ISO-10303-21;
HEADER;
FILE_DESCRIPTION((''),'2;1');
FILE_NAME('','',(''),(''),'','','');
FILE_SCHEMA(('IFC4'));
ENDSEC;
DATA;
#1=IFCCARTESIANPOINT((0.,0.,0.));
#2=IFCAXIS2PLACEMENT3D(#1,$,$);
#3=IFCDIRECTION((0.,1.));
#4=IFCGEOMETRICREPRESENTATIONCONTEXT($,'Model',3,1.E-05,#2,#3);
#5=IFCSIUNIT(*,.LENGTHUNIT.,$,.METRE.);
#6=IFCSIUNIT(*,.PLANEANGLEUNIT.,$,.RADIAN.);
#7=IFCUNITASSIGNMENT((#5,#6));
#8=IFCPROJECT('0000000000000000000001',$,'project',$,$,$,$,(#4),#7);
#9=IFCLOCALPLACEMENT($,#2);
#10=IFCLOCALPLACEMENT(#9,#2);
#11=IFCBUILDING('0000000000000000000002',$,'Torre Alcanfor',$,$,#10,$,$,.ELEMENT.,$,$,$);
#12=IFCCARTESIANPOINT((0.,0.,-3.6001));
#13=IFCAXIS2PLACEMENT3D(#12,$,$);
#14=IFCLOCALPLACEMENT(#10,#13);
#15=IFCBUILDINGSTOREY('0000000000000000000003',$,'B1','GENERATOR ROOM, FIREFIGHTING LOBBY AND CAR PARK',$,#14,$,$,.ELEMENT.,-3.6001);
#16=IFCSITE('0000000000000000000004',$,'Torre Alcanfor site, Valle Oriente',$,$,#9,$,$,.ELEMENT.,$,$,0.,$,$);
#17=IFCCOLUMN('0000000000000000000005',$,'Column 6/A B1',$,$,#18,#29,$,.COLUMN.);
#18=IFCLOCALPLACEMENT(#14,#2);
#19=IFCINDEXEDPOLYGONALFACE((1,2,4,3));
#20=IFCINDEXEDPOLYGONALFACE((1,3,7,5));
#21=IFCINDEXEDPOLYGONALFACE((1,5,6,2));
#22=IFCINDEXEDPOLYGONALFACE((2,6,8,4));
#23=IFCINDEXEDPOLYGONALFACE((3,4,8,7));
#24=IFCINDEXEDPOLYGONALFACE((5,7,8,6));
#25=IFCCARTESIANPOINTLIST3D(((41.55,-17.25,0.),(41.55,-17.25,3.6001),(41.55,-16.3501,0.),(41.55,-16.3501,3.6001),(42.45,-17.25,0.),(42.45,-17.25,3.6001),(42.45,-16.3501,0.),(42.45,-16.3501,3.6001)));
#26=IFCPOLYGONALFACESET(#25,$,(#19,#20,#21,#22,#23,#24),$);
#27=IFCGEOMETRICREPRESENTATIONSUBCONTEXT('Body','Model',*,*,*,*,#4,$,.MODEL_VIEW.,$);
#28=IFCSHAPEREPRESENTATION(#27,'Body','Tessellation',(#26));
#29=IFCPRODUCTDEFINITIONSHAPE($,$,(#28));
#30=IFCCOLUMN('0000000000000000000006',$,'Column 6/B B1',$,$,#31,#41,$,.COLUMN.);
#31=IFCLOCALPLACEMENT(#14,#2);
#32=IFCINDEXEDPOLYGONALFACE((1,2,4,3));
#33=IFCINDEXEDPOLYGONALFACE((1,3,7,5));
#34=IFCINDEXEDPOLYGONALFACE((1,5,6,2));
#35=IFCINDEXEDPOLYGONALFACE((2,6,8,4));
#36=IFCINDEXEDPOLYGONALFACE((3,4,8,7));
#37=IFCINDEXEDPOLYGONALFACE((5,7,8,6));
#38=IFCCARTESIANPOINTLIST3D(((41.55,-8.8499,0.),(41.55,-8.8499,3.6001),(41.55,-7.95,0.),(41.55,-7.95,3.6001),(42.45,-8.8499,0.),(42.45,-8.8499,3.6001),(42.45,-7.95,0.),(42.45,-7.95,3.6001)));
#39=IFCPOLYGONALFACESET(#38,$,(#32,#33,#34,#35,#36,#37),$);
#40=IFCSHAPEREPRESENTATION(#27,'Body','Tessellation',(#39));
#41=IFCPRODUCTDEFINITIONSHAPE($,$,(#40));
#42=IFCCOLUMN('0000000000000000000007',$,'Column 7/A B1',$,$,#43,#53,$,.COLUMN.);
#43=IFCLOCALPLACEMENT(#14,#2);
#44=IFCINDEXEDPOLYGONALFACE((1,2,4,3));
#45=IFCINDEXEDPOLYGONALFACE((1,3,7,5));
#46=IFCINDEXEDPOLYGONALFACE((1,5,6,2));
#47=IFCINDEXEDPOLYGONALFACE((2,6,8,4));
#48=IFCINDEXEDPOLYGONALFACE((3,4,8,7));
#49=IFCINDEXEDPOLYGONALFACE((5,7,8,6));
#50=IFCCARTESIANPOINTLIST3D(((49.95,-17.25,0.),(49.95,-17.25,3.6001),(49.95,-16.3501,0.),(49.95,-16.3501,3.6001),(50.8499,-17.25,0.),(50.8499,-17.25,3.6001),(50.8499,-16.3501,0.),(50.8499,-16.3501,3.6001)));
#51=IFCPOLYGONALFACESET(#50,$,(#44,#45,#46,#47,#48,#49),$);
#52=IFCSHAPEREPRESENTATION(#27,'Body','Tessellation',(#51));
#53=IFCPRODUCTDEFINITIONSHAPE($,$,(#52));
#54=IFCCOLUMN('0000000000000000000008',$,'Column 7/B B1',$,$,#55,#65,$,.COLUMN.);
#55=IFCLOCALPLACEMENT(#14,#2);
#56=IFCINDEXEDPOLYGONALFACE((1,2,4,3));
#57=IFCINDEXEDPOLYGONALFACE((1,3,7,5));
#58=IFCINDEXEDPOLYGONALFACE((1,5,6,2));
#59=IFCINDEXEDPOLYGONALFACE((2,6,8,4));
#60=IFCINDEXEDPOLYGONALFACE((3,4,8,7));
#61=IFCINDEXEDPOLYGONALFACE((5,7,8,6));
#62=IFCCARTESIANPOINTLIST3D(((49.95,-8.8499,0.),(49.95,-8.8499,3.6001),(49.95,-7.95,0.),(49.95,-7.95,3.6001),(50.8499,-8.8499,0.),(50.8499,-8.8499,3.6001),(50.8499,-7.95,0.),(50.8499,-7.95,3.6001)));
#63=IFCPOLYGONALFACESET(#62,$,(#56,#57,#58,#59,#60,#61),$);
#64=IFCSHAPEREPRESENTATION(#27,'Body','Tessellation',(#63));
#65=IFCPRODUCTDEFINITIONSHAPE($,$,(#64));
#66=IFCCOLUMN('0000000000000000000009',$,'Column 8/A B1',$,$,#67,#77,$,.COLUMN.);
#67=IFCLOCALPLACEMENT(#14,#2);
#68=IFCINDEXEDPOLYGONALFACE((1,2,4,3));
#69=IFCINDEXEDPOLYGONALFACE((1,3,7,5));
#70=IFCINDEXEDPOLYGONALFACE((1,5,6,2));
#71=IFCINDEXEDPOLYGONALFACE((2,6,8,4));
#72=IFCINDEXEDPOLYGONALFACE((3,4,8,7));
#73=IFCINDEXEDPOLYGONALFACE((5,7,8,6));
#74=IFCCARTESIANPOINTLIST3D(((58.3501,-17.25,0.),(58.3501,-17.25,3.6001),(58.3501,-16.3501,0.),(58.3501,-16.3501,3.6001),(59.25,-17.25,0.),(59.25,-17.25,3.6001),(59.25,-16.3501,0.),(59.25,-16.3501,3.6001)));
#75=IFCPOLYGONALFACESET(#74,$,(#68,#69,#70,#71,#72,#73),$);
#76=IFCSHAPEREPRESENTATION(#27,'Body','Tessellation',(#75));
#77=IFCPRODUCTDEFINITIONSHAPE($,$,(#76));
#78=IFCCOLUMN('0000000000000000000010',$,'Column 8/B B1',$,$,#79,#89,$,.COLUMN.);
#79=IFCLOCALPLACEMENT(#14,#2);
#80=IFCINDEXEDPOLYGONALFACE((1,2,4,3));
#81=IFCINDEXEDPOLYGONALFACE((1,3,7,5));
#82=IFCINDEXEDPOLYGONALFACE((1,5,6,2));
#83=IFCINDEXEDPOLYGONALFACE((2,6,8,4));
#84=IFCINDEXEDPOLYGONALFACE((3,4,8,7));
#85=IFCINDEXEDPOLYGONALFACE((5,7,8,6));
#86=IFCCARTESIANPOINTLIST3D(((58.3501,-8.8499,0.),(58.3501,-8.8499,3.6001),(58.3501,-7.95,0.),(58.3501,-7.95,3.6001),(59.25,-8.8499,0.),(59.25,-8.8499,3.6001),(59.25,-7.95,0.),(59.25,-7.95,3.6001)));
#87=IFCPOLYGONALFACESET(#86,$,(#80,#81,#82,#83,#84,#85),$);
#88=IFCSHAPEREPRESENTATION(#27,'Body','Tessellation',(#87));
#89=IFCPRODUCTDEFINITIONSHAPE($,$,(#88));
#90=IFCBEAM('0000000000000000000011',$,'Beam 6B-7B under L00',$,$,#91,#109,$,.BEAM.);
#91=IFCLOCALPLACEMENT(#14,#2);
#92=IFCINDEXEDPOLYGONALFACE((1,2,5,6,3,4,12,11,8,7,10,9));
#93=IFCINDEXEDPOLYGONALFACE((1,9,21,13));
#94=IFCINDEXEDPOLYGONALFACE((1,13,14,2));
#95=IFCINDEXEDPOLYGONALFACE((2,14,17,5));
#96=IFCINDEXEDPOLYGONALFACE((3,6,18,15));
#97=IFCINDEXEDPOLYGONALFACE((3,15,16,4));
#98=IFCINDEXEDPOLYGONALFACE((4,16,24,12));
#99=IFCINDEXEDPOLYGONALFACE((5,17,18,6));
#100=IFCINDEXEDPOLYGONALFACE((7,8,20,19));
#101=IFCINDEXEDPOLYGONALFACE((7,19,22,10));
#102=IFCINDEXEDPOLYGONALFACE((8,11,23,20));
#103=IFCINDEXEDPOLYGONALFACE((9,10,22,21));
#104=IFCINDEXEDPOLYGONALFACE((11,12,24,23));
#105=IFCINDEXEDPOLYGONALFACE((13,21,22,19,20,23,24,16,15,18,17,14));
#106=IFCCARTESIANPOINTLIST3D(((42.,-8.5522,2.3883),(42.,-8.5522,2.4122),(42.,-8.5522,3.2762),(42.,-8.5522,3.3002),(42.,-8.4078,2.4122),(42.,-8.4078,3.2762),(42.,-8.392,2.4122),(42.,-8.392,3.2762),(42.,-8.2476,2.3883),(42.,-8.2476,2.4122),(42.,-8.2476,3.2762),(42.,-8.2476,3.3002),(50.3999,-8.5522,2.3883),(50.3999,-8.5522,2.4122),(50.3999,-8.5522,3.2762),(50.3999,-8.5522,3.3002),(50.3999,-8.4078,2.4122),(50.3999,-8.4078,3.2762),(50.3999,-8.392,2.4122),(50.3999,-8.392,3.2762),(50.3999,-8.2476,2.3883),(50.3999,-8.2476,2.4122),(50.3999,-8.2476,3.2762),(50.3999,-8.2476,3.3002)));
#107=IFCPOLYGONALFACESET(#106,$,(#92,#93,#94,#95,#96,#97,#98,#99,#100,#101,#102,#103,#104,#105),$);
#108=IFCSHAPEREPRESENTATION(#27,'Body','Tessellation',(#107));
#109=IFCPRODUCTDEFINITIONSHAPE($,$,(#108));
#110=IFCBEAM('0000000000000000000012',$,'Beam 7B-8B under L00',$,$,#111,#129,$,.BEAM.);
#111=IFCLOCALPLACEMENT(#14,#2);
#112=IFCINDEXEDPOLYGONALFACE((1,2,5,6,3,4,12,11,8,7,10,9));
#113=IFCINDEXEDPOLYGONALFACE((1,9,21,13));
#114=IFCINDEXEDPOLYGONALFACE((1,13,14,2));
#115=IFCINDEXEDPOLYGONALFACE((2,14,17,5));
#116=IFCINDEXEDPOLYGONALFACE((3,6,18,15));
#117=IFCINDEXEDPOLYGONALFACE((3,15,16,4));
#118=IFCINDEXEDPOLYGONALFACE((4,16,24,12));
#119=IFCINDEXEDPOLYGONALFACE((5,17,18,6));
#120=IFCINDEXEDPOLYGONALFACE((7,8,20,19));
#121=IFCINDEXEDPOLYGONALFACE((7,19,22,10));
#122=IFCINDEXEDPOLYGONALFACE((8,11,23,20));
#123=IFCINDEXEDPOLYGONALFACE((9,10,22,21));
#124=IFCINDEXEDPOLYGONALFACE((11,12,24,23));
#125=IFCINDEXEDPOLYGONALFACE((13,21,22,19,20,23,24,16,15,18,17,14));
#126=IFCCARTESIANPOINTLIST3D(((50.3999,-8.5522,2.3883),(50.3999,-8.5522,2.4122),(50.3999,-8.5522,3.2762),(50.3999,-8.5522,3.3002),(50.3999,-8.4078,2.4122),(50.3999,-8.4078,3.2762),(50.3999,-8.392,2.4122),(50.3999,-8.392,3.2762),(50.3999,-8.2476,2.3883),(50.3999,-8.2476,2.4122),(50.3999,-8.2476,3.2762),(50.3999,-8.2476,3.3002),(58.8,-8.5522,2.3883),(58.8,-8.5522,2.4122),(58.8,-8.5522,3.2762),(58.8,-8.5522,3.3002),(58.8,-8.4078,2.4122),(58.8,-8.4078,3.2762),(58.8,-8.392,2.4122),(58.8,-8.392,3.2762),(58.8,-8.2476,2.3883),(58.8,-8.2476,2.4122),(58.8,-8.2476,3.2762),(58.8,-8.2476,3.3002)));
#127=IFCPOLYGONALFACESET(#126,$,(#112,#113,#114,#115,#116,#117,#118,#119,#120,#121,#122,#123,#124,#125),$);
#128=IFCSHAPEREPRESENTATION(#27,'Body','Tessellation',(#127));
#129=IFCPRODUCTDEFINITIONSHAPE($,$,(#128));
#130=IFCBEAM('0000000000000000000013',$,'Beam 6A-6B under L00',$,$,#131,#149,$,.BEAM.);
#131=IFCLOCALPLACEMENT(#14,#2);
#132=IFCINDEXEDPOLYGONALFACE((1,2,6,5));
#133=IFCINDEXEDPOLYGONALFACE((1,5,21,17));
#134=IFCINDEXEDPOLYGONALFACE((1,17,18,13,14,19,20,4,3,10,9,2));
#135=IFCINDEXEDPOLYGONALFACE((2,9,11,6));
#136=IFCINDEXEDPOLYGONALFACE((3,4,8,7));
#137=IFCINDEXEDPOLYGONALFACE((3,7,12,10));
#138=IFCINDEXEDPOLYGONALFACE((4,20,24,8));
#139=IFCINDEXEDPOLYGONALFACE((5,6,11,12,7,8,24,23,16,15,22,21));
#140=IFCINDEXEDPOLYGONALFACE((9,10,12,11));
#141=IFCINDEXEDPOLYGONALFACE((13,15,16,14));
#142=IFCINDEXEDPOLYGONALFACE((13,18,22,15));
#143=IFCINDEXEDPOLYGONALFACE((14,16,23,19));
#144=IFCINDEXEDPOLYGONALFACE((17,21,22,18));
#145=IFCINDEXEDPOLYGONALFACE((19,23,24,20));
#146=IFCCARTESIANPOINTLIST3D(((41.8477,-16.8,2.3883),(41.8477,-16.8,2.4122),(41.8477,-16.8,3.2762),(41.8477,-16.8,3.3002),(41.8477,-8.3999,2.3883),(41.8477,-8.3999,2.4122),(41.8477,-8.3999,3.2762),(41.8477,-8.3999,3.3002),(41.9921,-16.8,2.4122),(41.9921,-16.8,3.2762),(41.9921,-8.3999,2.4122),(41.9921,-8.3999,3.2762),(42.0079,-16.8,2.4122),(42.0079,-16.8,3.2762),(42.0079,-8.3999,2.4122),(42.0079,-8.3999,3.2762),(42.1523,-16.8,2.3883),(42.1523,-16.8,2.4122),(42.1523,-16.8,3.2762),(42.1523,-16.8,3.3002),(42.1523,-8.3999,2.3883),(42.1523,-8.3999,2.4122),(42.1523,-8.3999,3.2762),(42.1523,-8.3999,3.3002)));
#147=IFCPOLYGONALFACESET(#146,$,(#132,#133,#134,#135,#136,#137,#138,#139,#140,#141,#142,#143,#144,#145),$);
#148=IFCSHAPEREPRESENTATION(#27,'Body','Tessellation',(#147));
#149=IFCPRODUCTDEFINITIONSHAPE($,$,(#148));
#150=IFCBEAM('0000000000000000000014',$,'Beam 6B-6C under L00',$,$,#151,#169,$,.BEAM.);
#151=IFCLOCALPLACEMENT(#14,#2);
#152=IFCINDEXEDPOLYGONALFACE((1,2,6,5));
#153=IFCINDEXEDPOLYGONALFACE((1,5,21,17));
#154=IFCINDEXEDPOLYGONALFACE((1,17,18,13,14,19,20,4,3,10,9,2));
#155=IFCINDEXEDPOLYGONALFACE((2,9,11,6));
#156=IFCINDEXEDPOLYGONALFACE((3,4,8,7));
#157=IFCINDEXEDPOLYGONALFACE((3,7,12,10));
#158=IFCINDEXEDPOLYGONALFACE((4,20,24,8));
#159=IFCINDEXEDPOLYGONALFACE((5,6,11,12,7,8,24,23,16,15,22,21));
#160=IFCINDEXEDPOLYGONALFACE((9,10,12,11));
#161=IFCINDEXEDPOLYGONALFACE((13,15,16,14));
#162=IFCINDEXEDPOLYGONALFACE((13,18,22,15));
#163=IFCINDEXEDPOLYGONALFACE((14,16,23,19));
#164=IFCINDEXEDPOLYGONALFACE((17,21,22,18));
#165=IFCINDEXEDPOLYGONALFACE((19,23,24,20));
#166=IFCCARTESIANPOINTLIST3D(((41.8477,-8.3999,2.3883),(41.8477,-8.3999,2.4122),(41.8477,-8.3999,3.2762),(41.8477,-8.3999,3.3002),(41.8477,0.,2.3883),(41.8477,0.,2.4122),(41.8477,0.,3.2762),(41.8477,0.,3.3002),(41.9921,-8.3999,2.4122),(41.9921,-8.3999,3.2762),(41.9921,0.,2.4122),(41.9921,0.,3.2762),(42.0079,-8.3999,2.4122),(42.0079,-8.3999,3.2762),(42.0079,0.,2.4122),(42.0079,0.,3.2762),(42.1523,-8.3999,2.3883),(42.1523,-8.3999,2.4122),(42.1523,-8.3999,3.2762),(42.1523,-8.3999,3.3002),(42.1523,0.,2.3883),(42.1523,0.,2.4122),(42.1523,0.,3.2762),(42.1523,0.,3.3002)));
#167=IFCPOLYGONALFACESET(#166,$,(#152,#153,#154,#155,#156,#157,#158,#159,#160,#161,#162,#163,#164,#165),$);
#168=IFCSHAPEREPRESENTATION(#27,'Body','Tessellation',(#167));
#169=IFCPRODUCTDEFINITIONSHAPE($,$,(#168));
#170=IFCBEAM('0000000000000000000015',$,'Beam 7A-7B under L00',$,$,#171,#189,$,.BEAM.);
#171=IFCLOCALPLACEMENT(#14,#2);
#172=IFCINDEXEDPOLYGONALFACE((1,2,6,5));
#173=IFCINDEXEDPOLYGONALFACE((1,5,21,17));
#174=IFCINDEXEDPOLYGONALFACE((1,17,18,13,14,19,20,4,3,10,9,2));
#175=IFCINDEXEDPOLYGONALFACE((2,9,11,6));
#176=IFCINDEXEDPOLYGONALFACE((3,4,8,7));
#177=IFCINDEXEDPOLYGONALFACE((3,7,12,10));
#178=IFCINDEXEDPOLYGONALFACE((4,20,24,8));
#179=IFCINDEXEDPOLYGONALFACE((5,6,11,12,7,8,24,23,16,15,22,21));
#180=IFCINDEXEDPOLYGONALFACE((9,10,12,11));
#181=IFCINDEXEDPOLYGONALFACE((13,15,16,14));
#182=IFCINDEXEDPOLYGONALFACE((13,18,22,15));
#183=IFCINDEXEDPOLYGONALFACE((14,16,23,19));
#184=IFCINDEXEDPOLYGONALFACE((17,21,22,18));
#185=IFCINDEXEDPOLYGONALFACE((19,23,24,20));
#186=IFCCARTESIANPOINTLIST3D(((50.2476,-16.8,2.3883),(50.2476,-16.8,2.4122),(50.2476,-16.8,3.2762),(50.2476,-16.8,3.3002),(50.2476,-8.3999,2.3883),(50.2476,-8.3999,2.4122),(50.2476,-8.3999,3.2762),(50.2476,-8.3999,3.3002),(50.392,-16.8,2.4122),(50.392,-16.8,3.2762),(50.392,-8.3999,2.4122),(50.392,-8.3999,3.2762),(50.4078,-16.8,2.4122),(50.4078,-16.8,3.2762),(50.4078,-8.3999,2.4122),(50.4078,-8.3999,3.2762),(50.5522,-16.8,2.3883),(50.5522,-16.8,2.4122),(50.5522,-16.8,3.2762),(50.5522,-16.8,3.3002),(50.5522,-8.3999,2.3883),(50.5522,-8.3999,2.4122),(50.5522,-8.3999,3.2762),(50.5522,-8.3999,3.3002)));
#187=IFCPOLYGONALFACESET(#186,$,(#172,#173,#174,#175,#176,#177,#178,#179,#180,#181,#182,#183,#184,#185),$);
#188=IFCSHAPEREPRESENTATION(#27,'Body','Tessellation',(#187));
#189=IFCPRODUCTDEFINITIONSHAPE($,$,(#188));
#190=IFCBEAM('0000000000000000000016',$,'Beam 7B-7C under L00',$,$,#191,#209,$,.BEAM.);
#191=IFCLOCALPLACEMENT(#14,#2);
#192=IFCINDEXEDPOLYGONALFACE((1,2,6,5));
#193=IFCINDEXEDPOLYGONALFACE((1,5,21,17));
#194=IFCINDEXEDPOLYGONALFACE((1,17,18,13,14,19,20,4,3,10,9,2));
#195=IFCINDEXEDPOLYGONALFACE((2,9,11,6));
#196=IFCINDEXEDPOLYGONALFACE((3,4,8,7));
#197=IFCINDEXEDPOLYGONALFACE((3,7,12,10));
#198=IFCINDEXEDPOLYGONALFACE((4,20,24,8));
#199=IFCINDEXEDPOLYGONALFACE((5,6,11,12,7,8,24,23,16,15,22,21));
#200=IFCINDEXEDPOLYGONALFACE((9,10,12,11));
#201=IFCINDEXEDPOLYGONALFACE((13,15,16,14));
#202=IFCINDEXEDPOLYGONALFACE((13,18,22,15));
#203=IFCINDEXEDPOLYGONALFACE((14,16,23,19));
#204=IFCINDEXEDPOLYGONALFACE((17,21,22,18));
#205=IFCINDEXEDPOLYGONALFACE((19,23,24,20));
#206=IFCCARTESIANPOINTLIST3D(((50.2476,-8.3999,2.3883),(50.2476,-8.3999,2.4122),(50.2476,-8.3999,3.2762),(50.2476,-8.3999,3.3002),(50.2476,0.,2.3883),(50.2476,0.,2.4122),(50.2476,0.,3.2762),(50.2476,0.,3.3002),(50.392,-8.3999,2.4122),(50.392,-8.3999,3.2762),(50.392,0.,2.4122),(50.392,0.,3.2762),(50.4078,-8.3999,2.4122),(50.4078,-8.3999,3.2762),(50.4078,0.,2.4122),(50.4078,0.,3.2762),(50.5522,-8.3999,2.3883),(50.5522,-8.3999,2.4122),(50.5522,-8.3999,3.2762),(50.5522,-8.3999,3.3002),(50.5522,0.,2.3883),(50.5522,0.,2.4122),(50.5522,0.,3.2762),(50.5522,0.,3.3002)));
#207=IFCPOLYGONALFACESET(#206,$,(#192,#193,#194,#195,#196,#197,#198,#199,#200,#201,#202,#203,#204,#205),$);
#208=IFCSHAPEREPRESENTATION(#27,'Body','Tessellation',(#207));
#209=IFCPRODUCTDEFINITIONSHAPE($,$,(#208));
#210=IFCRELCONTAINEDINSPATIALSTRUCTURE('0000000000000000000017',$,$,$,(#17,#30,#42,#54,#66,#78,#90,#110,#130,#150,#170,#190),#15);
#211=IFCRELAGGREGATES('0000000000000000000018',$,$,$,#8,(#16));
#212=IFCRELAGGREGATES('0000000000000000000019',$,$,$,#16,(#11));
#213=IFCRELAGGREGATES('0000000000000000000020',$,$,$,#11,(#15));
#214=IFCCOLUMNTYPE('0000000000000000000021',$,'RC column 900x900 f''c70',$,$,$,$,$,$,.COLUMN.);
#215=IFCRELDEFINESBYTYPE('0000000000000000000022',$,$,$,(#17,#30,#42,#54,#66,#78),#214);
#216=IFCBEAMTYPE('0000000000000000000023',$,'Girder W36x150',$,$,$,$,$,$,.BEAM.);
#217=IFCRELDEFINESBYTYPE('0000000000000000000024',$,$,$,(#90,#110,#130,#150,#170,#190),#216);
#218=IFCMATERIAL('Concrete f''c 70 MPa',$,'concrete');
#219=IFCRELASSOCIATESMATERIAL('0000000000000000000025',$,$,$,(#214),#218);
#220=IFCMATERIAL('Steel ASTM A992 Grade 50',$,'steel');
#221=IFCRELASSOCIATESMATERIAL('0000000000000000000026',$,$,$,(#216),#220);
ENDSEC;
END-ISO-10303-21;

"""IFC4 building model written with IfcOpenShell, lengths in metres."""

from ifc_helpers import new_model, si_unit, direction, frame, origin, origin_2d, place, context, subcontext, project, spatial, rectangle, i_section, extrude, material, material_profile, profile_set, type_object, element, save


model = new_model("IFC4")

# Units and contexts
model_context = context("Model", 3, precision=1e-05, world=origin(), true_north=direction((0.0, 1.0)))
body_context = subcontext(model_context, "Body", "Model", "MODEL_VIEW")
ifc_project = project(units=[si_unit("LENGTHUNIT", "METRE"), si_unit("PLANEANGLEUNIT", "RADIAN")], contexts=[model_context])

# Site, building, storey
site_placement = place(None, origin())
site = spatial("IfcSite", under=ifc_project, at=site_placement, Name="Torre Alcanfor site, Valle Oriente", CompositionType="ELEMENT", RefElevation=0.0)
building_placement = place(site_placement, origin())
building = spatial("IfcBuilding", under=site, at=building_placement, Name="Torre Alcanfor", CompositionType="ELEMENT")
storey_placement = place(building_placement, frame((0.0, 0.0, -3.6001)))
storey = spatial("IfcBuildingStorey", under=building, at=storey_placement, Name="B1", Description="GENERATOR ROOM, FIREFIGHTING LOBBY AND CAR PARK", CompositionType="ELEMENT", Elevation=-3.6001)

# Columns
ifc_material_1 = material(Name="Concrete f'c 70 MPa", Category="concrete")
ifc_material_profile_1 = material_profile(ifc_material_1, rectangle(XDim=0.8999, YDim=0.8999, at=origin_2d()), Name="900x900")
ifc_profile_set_1 = profile_set([ifc_material_profile_1], Name="Concrete f'c 70 MPa")
column_type = type_object("IfcColumnType", Name="RC column 900x900 f'c70", PredefinedType="COLUMN", material=ifc_profile_set_1)
for number, where, z_axis, x_axis, name in (
    (1, (42.0, -16.8, 0.0), (0.0, 0.0, 1.0), (1.0, 0.0, 0.0), "Column 6/A B1"),
    (2, (42.0, -8.3999, 0.0), (0.0, 0.0, 1.0), (1.0, 0.0, 0.0), "Column 6/B B1"),
    (3, (50.3999, -16.8, 0.0), (0.0, 0.0, 1.0), (1.0, 0.0, 0.0), "Column 7/A B1"),
    (4, (50.3999, -8.3999, 0.0), (0.0, 0.0, 1.0), (1.0, 0.0, 0.0), "Column 7/B B1"),
    (5, (58.8, -16.8, 0.0), (0.0, 0.0, 1.0), (1.0, 0.0, 0.0), "Column 8/A B1"),
    (6, (58.8, -8.3999, 0.0), (0.0, 0.0, 1.0), (1.0, 0.0, 0.0), "Column 8/B B1"),
):
    element("IfcColumn", number, at=place(storey_placement, frame(where, z_axis=z_axis, x_axis=x_axis)), inside=storey, type_object=column_type, Name=name, PredefinedType="COLUMN", context=body_context, shape_type="SweptSolid", body=[
        extrude(rectangle(XDim=0.8999, YDim=0.8999, at=origin_2d()), origin(), (0.0, 0.0, 1.0), 3.6001),
    ])

# Beams
ifc_material_2 = material(Name="Steel ASTM A992 Grade 50", Category="steel")
ifc_material_profile_2 = material_profile(ifc_material_2, i_section(OverallWidth=0.3047, OverallDepth=0.9119, WebThickness=0.0159, FlangeThickness=0.0239, at=origin_2d()), Name="W36x150")
ifc_profile_set_2 = profile_set([ifc_material_profile_2], Name="Steel ASTM A992 Grade 50")
beam_type_1 = type_object("IfcBeamType", Name="Girder W36x150", PredefinedType="BEAM", material=ifc_profile_set_2)
beam_1_placement = place(storey_placement, frame((42.0, -8.3999, 2.8442), z_axis=(1.0, 0.0, 0.0), x_axis=(0.0, 1.0, 0.0)))
element("IfcBeam", 7, at=beam_1_placement, inside=storey, type_object=beam_type_1, Name="Beam 6B-7B under L00", PredefinedType="BEAM", context=body_context, shape_type="SweptSolid", body=[
    extrude(i_section(OverallWidth=0.3047, OverallDepth=0.9119, WebThickness=0.0159, FlangeThickness=0.0239, at=origin_2d()), origin(), (0.0, 0.0, 1.0), 8.3999),
])
for number, where, z_axis, x_axis, name in (
    (8, (50.3999, -8.3999, 2.8442), (1.0, 0.0, 0.0), (0.0, 1.0, 0.0), "Beam 7B-8B under L00"),
    (9, (42.0, -16.8, 2.8442), (0.0, 1.0, 0.0), (-1.0, 0.0, 0.0), "Beam 6A-6B under L00"),
):
    element("IfcBeam", number, at=place(storey_placement, frame(where, z_axis=z_axis, x_axis=x_axis)), inside=storey, type_object=beam_type_1, Name=name, PredefinedType="BEAM", context=body_context, shape_type="SweptSolid", body=[
        extrude(i_section(OverallWidth=0.3047, OverallDepth=0.9119, WebThickness=0.0159, FlangeThickness=0.0239, at=origin_2d()), origin(), (0.0, 0.0, 1.0), 8.4001),
    ])
beam_2_placement = place(storey_placement, frame((42.0, -8.3999, 2.8442), z_axis=(0.0, 1.0, 0.0), x_axis=(-1.0, 0.0, 0.0)))
element("IfcBeam", 10, at=beam_2_placement, inside=storey, type_object=beam_type_1, Name="Beam 6B-6C under L00", PredefinedType="BEAM", context=body_context, shape_type="SweptSolid", body=[
    extrude(i_section(OverallWidth=0.3047, OverallDepth=0.9119, WebThickness=0.0159, FlangeThickness=0.0239, at=origin_2d()), origin(), (0.0, 0.0, 1.0), 8.3999),
])
beam_3_placement = place(storey_placement, frame((50.3999, -16.8, 2.8442), z_axis=(0.0, 1.0, 0.0), x_axis=(-1.0, 0.0, 0.0)))
element("IfcBeam", 11, at=beam_3_placement, inside=storey, type_object=beam_type_1, Name="Beam 7A-7B under L00", PredefinedType="BEAM", context=body_context, shape_type="SweptSolid", body=[
    extrude(i_section(OverallWidth=0.3047, OverallDepth=0.9119, WebThickness=0.0159, FlangeThickness=0.0239, at=origin_2d()), origin(), (0.0, 0.0, 1.0), 8.4001),
])
beam_4_placement = place(storey_placement, frame((50.3999, -8.3999, 2.8442), z_axis=(0.0, 1.0, 0.0), x_axis=(-1.0, 0.0, 0.0)))
element("IfcBeam", 12, at=beam_4_placement, inside=storey, type_object=beam_type_1, Name="Beam 7B-7C under L00", PredefinedType="BEAM", context=body_context, shape_type="SweptSolid", body=[
    extrude(i_section(OverallWidth=0.3047, OverallDepth=0.9119, WebThickness=0.0159, FlangeThickness=0.0239, at=origin_2d()), origin(), (0.0, 0.0, 1.0), 8.3999),
])

save(model, "model.ifc")
